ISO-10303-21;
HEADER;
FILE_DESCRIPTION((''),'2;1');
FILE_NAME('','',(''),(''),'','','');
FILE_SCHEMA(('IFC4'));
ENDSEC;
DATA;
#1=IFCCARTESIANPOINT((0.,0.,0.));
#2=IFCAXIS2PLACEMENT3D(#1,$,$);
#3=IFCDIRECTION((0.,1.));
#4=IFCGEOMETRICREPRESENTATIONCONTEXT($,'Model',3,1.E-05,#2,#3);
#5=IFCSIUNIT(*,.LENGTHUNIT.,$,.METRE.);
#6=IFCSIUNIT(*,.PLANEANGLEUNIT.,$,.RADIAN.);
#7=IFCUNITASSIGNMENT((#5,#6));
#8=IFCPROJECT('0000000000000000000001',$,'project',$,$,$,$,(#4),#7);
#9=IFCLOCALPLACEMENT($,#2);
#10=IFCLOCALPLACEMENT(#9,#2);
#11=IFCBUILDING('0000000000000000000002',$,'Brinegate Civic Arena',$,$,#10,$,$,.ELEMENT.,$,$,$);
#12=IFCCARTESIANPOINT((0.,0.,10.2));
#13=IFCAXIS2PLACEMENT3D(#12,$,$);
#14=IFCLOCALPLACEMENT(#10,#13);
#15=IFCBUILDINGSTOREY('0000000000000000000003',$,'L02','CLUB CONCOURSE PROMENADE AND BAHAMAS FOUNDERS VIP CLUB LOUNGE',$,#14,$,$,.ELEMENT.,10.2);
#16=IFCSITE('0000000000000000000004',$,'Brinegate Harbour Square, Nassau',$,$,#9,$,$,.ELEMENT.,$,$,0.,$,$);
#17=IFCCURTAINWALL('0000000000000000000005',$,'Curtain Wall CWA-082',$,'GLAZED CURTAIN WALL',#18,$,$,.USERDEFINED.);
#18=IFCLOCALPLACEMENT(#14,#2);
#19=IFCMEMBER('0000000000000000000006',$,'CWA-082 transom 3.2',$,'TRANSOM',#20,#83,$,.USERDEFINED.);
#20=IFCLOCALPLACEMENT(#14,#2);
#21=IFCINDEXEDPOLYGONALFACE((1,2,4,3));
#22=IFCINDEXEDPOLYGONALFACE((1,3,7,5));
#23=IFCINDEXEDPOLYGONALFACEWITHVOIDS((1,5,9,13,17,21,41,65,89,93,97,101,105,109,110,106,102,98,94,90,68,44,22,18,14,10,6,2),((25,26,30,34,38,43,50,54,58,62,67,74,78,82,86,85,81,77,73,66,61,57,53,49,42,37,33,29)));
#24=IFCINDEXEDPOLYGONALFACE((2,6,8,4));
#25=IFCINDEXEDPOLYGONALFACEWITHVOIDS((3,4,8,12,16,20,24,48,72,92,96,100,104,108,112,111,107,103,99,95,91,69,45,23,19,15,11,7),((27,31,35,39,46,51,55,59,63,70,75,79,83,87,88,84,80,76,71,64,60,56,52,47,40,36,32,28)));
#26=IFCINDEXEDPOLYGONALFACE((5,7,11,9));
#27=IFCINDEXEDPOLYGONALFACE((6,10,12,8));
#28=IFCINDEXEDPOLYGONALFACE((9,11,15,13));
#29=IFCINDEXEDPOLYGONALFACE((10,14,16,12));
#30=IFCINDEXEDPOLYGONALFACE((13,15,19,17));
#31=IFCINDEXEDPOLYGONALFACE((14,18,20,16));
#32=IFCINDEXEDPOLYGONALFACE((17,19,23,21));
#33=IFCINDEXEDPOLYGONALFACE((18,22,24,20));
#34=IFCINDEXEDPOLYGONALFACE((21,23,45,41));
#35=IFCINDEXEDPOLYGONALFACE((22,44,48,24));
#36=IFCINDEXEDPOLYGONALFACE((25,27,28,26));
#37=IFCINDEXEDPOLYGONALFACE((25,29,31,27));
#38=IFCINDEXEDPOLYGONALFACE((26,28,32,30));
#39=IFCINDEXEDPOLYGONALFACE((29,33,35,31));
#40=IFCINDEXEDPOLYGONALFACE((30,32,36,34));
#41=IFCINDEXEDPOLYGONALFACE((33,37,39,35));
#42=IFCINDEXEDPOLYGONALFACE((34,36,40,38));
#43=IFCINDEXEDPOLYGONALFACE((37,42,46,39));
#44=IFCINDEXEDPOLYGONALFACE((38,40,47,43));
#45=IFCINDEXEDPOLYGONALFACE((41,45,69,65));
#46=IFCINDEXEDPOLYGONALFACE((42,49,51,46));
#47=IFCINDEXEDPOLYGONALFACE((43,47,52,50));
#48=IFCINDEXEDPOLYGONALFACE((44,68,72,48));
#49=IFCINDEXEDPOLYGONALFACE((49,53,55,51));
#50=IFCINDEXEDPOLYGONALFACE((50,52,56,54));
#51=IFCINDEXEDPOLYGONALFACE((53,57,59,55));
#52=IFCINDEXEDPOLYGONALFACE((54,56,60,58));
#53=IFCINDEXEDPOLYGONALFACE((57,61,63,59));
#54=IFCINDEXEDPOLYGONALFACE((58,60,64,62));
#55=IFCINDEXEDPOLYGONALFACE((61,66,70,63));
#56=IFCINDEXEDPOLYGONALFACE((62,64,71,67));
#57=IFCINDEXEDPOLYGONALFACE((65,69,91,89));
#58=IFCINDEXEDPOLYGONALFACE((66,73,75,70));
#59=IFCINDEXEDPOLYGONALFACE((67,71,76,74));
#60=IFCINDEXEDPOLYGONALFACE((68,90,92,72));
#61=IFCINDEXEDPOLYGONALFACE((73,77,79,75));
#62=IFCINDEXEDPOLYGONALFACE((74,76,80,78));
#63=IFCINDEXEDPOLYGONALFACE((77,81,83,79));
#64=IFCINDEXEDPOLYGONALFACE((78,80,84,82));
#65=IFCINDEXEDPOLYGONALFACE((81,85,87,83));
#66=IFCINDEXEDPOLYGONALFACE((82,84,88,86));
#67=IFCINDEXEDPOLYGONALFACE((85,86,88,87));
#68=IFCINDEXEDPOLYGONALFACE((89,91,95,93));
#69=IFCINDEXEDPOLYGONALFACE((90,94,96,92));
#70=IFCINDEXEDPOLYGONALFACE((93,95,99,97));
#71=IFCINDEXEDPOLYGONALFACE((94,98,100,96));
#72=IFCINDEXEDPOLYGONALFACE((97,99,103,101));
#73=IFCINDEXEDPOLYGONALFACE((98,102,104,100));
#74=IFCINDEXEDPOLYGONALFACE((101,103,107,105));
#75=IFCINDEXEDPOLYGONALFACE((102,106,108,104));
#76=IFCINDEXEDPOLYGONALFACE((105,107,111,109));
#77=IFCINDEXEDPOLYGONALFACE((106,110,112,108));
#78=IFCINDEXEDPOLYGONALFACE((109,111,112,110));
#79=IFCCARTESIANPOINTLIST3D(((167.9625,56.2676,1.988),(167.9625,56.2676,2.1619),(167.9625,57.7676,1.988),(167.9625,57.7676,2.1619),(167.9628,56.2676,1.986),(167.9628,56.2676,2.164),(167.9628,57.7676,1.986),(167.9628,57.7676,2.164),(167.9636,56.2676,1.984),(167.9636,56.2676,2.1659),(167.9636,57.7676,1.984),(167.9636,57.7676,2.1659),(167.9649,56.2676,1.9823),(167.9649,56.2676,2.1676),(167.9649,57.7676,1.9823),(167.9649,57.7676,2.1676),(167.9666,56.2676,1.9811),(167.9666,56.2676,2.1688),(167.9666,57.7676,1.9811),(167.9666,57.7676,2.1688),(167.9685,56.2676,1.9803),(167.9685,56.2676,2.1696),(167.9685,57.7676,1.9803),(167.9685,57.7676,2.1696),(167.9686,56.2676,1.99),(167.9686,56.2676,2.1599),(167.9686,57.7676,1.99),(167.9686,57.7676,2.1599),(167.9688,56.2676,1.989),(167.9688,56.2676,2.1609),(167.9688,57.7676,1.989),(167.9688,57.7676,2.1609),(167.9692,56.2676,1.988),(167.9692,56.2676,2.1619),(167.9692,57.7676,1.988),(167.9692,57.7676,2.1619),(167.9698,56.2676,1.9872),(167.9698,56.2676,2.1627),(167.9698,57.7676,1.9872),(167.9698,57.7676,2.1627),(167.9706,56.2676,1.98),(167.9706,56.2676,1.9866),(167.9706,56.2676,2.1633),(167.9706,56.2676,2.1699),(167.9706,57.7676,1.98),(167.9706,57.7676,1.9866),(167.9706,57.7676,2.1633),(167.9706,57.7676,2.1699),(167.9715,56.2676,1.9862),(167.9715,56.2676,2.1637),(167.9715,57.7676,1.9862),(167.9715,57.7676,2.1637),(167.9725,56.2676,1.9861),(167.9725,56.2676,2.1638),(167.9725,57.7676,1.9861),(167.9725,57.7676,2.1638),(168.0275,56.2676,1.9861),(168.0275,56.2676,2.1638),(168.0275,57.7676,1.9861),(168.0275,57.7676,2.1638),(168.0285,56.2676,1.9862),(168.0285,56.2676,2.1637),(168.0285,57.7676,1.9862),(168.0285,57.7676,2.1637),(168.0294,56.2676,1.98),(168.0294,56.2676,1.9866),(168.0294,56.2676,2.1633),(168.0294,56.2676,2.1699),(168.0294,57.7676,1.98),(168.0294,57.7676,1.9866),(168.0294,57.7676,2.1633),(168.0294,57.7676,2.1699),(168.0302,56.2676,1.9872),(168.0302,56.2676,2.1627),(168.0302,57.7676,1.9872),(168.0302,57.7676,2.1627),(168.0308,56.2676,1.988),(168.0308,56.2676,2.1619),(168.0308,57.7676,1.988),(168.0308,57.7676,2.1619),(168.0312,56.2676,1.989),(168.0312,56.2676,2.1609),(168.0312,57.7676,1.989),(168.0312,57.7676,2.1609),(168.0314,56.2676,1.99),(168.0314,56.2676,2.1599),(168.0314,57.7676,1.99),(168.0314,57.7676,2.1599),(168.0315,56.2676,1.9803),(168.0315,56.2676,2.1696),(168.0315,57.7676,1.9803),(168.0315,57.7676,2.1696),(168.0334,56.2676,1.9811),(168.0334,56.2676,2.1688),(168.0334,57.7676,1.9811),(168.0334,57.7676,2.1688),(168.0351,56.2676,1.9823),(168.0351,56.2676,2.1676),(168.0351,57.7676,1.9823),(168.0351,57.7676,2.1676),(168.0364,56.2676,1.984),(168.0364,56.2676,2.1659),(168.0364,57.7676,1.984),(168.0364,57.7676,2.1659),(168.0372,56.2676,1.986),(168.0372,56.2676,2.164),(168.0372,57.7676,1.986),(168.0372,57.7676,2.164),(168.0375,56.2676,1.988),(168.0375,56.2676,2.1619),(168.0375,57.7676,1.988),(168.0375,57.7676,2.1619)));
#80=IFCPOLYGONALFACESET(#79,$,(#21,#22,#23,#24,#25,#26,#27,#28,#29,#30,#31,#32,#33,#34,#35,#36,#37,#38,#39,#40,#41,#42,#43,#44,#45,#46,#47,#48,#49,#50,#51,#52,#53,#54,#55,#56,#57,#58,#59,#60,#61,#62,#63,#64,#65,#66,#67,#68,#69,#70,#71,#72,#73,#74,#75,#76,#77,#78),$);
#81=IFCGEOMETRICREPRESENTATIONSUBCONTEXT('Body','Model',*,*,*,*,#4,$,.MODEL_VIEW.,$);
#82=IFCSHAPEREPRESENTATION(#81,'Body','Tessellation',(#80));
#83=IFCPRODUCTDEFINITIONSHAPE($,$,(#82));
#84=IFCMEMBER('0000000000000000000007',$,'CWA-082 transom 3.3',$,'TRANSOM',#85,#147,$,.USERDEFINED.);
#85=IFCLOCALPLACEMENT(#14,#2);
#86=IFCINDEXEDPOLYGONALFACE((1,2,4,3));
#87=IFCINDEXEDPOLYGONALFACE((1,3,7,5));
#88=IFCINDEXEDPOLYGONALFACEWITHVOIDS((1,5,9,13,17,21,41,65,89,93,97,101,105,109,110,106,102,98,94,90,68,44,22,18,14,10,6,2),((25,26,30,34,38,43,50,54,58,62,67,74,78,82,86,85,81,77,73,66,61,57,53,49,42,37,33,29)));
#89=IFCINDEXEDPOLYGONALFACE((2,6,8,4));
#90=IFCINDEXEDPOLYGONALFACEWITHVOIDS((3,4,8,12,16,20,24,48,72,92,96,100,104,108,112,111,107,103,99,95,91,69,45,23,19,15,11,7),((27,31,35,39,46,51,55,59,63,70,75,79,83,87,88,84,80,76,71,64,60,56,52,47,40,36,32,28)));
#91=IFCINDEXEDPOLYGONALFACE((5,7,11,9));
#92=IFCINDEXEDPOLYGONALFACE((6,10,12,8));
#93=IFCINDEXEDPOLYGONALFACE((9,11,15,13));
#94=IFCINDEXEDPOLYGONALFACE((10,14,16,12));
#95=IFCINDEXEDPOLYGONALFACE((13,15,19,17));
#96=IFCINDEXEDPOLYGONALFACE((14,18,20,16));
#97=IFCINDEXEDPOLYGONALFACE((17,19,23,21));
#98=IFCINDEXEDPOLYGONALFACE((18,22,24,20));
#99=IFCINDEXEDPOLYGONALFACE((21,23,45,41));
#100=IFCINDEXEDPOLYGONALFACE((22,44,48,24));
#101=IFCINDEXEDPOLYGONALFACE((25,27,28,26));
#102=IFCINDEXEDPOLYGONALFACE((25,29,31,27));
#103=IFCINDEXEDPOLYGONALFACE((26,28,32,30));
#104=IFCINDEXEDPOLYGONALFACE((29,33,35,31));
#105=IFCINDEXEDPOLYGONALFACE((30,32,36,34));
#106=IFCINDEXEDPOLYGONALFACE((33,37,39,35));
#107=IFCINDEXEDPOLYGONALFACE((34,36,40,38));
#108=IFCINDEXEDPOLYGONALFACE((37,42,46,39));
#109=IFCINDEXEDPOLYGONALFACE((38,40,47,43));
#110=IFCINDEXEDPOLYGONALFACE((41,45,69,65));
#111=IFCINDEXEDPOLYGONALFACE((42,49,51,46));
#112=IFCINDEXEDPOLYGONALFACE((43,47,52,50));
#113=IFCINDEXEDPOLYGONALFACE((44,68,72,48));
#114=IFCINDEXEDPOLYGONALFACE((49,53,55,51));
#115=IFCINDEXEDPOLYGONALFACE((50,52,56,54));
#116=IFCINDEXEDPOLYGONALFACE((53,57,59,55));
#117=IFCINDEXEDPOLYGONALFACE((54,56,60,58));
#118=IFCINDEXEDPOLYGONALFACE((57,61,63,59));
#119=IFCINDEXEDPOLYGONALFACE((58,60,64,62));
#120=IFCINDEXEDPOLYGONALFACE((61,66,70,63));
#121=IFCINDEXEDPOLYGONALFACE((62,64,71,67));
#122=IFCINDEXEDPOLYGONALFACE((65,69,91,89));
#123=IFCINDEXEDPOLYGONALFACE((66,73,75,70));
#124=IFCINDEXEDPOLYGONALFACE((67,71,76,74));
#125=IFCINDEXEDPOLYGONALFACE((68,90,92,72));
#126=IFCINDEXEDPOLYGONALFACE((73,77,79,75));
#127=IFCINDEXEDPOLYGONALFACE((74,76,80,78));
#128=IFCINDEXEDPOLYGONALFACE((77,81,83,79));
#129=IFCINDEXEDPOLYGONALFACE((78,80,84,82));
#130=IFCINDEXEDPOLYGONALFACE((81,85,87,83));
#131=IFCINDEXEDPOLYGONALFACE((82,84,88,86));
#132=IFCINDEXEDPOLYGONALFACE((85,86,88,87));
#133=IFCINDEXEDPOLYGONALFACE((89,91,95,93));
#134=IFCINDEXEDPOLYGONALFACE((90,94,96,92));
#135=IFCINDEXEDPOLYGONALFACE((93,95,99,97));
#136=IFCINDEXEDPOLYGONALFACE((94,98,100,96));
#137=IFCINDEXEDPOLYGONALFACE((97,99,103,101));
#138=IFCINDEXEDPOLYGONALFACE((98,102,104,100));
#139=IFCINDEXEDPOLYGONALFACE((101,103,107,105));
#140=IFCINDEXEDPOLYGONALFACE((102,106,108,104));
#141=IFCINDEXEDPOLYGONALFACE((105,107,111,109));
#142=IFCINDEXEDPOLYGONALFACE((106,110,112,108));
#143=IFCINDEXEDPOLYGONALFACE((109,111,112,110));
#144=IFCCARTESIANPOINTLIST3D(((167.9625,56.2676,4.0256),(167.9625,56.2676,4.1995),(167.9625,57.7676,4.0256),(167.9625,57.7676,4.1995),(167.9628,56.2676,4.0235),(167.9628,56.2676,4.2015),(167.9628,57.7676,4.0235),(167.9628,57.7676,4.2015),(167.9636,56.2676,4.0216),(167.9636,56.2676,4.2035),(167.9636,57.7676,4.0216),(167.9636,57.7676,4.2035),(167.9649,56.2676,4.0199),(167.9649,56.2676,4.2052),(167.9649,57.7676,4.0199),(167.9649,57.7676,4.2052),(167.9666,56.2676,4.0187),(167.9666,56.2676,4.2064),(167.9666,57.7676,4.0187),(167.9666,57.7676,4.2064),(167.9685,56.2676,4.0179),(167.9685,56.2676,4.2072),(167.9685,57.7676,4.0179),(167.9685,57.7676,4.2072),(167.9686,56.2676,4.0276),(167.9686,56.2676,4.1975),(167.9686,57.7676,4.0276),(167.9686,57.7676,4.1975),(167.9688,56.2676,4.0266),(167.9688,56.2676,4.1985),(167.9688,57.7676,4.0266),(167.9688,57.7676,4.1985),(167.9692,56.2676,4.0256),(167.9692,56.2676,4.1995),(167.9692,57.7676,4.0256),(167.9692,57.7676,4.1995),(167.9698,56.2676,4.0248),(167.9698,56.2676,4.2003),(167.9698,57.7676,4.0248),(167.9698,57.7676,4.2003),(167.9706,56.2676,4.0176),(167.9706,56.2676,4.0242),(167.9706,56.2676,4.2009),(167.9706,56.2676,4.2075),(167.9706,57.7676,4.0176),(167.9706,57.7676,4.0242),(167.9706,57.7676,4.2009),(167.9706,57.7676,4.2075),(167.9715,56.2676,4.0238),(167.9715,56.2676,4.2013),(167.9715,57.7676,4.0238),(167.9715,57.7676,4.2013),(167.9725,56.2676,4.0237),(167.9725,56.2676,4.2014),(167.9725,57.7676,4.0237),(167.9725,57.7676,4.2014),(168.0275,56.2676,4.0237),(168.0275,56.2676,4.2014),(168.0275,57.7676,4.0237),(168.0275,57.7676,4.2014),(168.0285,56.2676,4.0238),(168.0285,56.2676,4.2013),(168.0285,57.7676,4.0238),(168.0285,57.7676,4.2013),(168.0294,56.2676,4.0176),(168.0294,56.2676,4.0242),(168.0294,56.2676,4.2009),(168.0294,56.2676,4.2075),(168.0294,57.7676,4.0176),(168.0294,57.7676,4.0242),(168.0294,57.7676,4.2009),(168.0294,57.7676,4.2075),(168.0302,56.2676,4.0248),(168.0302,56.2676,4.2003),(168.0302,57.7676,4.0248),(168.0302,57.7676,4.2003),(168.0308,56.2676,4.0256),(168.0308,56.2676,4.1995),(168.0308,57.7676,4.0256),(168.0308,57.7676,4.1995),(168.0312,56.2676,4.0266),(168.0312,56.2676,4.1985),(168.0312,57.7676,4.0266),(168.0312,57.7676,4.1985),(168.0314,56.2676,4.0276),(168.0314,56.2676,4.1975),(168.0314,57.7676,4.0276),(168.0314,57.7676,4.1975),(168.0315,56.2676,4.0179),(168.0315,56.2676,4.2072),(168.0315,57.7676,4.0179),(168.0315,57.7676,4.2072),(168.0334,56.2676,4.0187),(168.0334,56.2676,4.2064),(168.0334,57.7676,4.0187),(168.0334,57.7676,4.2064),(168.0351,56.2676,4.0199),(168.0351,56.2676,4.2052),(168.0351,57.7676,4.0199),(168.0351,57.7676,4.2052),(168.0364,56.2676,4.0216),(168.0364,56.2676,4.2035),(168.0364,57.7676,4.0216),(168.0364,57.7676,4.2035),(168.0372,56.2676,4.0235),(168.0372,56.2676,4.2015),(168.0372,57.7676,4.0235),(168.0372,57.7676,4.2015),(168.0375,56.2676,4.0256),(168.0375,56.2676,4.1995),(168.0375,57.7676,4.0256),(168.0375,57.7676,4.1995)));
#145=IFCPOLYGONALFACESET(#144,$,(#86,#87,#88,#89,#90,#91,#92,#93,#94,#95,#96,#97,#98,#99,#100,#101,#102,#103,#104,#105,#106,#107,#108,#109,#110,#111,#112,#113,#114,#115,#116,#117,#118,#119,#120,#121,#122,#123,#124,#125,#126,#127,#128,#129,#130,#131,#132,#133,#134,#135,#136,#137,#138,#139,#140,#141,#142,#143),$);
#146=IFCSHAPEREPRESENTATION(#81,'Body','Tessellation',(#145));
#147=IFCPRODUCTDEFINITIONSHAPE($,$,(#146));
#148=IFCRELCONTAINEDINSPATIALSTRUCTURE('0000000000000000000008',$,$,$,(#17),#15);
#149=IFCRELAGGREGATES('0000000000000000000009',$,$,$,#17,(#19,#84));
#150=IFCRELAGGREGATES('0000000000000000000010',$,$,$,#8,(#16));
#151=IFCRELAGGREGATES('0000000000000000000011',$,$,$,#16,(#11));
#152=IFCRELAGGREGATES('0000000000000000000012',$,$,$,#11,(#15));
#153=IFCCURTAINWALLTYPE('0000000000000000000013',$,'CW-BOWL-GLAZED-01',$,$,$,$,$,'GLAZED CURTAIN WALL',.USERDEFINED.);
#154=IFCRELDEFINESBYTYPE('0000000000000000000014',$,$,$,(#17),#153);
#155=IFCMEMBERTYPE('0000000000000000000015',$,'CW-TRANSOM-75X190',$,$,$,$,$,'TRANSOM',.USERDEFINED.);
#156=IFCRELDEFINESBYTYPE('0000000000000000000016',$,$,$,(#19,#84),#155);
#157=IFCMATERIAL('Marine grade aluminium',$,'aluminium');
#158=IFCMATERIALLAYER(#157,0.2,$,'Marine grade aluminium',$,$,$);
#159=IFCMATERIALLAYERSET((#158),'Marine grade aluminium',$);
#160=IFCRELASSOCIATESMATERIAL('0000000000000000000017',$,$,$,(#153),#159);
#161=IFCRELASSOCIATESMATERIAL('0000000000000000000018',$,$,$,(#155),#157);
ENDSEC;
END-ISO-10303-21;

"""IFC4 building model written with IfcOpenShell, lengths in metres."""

from ifc_helpers import new_model, si_unit, direction, frame, origin, origin_2d, place, context, subcontext, project, spatial, hollow_rectangle, extrude, material, layer, layer_set, material_profile, profile_set, type_object, element, aggregate, save


model = new_model("IFC4")

# Units and contexts
model_context = context("Model", 3, precision=1e-05, world=origin(), true_north=direction((0.0, 1.0)))
body_context = subcontext(model_context, "Body", "Model", "MODEL_VIEW")
ifc_project = project(units=[si_unit("LENGTHUNIT", "METRE"), si_unit("PLANEANGLEUNIT", "RADIAN")], contexts=[model_context])

# Site, building, storey
site_placement = place(None, origin())
site = spatial("IfcSite", under=ifc_project, at=site_placement, Name="Brinegate Harbour Square, Nassau", CompositionType="ELEMENT", RefElevation=0.0)
building_placement = place(site_placement, origin())
building = spatial("IfcBuilding", under=site, at=building_placement, Name="Brinegate Civic Arena", CompositionType="ELEMENT")
storey_placement = place(building_placement, frame((0.0, 0.0, 10.2)))
storey = spatial("IfcBuildingStorey", under=building, at=storey_placement, Name="L02", Description="CLUB CONCOURSE PROMENADE AND BAHAMAS FOUNDERS VIP CLUB LOUNGE", CompositionType="ELEMENT", Elevation=10.2)

# Shared definitions
ifc_material_1 = material(Name="Marine grade aluminium", Category="aluminium")
ifc_layer_1 = layer(ifc_material_1, 0.2, Name="Marine grade aluminium")
ifc_layer_set_1 = layer_set([ifc_layer_1], Name="Marine grade aluminium")
curtain_wall_type = type_object("IfcCurtainWallType", Name="CW-BOWL-GLAZED-01", ElementType="GLAZED CURTAIN WALL", PredefinedType="USERDEFINED", material=ifc_layer_set_1)

# Curtain wall
curtain_wall_1_placement = place(storey_placement, origin())
curtain_wall_1 = element("IfcCurtainWall", 1, at=curtain_wall_1_placement, inside=storey, type_object=curtain_wall_type, Name="Curtain Wall CWA-082", ObjectType="GLAZED CURTAIN WALL", PredefinedType="USERDEFINED")

# Members
ifc_material_profile_1 = material_profile(ifc_material_1, hollow_rectangle(XDim=0.075, YDim=0.1899, WallThickness=0.0061, InnerFilletRadius=0.0039, OuterFilletRadius=0.0081, at=origin_2d()), Name="TRN75X190")
ifc_profile_set_1 = profile_set([ifc_material_profile_1], Name="Marine grade aluminium")
member_type_1 = type_object("IfcMemberType", Name="CW-TRANSOM-75X190", ElementType="TRANSOM", PredefinedType="USERDEFINED", material=ifc_profile_set_1)
member_1_placement = place(storey_placement, frame((168.0, 56.2676, 2.075), z_axis=(0.0, 1.0, 0.0), x_axis=(-1.0, 0.0, 0.0)))
member_1 = element("IfcMember", 2, at=member_1_placement, type_object=member_type_1, Name="CWA-082 transom 3.2", ObjectType="TRANSOM", PredefinedType="USERDEFINED", context=body_context, shape_type="SweptSolid", body=[
    extrude(hollow_rectangle(XDim=0.075, YDim=0.1899, WallThickness=0.0061, InnerFilletRadius=0.0039, OuterFilletRadius=0.0081, at=origin_2d()), origin(), (0.0, 0.0, 1.0), 1.5),
])
member_2_placement = place(storey_placement, frame((168.0, 56.2676, 4.1125), z_axis=(0.0, 1.0, 0.0), x_axis=(-1.0, 0.0, 0.0)))
member_2 = element("IfcMember", 3, at=member_2_placement, type_object=member_type_1, Name="CWA-082 transom 3.3", ObjectType="TRANSOM", PredefinedType="USERDEFINED", context=body_context, shape_type="SweptSolid", body=[
    extrude(hollow_rectangle(XDim=0.075, YDim=0.1899, WallThickness=0.0061, InnerFilletRadius=0.0039, OuterFilletRadius=0.0081, at=origin_2d()), origin(), (0.0, 0.0, 1.0), 1.5),
])

aggregate(curtain_wall_1, [member_1, member_2])

save(model, "model.ifc")
